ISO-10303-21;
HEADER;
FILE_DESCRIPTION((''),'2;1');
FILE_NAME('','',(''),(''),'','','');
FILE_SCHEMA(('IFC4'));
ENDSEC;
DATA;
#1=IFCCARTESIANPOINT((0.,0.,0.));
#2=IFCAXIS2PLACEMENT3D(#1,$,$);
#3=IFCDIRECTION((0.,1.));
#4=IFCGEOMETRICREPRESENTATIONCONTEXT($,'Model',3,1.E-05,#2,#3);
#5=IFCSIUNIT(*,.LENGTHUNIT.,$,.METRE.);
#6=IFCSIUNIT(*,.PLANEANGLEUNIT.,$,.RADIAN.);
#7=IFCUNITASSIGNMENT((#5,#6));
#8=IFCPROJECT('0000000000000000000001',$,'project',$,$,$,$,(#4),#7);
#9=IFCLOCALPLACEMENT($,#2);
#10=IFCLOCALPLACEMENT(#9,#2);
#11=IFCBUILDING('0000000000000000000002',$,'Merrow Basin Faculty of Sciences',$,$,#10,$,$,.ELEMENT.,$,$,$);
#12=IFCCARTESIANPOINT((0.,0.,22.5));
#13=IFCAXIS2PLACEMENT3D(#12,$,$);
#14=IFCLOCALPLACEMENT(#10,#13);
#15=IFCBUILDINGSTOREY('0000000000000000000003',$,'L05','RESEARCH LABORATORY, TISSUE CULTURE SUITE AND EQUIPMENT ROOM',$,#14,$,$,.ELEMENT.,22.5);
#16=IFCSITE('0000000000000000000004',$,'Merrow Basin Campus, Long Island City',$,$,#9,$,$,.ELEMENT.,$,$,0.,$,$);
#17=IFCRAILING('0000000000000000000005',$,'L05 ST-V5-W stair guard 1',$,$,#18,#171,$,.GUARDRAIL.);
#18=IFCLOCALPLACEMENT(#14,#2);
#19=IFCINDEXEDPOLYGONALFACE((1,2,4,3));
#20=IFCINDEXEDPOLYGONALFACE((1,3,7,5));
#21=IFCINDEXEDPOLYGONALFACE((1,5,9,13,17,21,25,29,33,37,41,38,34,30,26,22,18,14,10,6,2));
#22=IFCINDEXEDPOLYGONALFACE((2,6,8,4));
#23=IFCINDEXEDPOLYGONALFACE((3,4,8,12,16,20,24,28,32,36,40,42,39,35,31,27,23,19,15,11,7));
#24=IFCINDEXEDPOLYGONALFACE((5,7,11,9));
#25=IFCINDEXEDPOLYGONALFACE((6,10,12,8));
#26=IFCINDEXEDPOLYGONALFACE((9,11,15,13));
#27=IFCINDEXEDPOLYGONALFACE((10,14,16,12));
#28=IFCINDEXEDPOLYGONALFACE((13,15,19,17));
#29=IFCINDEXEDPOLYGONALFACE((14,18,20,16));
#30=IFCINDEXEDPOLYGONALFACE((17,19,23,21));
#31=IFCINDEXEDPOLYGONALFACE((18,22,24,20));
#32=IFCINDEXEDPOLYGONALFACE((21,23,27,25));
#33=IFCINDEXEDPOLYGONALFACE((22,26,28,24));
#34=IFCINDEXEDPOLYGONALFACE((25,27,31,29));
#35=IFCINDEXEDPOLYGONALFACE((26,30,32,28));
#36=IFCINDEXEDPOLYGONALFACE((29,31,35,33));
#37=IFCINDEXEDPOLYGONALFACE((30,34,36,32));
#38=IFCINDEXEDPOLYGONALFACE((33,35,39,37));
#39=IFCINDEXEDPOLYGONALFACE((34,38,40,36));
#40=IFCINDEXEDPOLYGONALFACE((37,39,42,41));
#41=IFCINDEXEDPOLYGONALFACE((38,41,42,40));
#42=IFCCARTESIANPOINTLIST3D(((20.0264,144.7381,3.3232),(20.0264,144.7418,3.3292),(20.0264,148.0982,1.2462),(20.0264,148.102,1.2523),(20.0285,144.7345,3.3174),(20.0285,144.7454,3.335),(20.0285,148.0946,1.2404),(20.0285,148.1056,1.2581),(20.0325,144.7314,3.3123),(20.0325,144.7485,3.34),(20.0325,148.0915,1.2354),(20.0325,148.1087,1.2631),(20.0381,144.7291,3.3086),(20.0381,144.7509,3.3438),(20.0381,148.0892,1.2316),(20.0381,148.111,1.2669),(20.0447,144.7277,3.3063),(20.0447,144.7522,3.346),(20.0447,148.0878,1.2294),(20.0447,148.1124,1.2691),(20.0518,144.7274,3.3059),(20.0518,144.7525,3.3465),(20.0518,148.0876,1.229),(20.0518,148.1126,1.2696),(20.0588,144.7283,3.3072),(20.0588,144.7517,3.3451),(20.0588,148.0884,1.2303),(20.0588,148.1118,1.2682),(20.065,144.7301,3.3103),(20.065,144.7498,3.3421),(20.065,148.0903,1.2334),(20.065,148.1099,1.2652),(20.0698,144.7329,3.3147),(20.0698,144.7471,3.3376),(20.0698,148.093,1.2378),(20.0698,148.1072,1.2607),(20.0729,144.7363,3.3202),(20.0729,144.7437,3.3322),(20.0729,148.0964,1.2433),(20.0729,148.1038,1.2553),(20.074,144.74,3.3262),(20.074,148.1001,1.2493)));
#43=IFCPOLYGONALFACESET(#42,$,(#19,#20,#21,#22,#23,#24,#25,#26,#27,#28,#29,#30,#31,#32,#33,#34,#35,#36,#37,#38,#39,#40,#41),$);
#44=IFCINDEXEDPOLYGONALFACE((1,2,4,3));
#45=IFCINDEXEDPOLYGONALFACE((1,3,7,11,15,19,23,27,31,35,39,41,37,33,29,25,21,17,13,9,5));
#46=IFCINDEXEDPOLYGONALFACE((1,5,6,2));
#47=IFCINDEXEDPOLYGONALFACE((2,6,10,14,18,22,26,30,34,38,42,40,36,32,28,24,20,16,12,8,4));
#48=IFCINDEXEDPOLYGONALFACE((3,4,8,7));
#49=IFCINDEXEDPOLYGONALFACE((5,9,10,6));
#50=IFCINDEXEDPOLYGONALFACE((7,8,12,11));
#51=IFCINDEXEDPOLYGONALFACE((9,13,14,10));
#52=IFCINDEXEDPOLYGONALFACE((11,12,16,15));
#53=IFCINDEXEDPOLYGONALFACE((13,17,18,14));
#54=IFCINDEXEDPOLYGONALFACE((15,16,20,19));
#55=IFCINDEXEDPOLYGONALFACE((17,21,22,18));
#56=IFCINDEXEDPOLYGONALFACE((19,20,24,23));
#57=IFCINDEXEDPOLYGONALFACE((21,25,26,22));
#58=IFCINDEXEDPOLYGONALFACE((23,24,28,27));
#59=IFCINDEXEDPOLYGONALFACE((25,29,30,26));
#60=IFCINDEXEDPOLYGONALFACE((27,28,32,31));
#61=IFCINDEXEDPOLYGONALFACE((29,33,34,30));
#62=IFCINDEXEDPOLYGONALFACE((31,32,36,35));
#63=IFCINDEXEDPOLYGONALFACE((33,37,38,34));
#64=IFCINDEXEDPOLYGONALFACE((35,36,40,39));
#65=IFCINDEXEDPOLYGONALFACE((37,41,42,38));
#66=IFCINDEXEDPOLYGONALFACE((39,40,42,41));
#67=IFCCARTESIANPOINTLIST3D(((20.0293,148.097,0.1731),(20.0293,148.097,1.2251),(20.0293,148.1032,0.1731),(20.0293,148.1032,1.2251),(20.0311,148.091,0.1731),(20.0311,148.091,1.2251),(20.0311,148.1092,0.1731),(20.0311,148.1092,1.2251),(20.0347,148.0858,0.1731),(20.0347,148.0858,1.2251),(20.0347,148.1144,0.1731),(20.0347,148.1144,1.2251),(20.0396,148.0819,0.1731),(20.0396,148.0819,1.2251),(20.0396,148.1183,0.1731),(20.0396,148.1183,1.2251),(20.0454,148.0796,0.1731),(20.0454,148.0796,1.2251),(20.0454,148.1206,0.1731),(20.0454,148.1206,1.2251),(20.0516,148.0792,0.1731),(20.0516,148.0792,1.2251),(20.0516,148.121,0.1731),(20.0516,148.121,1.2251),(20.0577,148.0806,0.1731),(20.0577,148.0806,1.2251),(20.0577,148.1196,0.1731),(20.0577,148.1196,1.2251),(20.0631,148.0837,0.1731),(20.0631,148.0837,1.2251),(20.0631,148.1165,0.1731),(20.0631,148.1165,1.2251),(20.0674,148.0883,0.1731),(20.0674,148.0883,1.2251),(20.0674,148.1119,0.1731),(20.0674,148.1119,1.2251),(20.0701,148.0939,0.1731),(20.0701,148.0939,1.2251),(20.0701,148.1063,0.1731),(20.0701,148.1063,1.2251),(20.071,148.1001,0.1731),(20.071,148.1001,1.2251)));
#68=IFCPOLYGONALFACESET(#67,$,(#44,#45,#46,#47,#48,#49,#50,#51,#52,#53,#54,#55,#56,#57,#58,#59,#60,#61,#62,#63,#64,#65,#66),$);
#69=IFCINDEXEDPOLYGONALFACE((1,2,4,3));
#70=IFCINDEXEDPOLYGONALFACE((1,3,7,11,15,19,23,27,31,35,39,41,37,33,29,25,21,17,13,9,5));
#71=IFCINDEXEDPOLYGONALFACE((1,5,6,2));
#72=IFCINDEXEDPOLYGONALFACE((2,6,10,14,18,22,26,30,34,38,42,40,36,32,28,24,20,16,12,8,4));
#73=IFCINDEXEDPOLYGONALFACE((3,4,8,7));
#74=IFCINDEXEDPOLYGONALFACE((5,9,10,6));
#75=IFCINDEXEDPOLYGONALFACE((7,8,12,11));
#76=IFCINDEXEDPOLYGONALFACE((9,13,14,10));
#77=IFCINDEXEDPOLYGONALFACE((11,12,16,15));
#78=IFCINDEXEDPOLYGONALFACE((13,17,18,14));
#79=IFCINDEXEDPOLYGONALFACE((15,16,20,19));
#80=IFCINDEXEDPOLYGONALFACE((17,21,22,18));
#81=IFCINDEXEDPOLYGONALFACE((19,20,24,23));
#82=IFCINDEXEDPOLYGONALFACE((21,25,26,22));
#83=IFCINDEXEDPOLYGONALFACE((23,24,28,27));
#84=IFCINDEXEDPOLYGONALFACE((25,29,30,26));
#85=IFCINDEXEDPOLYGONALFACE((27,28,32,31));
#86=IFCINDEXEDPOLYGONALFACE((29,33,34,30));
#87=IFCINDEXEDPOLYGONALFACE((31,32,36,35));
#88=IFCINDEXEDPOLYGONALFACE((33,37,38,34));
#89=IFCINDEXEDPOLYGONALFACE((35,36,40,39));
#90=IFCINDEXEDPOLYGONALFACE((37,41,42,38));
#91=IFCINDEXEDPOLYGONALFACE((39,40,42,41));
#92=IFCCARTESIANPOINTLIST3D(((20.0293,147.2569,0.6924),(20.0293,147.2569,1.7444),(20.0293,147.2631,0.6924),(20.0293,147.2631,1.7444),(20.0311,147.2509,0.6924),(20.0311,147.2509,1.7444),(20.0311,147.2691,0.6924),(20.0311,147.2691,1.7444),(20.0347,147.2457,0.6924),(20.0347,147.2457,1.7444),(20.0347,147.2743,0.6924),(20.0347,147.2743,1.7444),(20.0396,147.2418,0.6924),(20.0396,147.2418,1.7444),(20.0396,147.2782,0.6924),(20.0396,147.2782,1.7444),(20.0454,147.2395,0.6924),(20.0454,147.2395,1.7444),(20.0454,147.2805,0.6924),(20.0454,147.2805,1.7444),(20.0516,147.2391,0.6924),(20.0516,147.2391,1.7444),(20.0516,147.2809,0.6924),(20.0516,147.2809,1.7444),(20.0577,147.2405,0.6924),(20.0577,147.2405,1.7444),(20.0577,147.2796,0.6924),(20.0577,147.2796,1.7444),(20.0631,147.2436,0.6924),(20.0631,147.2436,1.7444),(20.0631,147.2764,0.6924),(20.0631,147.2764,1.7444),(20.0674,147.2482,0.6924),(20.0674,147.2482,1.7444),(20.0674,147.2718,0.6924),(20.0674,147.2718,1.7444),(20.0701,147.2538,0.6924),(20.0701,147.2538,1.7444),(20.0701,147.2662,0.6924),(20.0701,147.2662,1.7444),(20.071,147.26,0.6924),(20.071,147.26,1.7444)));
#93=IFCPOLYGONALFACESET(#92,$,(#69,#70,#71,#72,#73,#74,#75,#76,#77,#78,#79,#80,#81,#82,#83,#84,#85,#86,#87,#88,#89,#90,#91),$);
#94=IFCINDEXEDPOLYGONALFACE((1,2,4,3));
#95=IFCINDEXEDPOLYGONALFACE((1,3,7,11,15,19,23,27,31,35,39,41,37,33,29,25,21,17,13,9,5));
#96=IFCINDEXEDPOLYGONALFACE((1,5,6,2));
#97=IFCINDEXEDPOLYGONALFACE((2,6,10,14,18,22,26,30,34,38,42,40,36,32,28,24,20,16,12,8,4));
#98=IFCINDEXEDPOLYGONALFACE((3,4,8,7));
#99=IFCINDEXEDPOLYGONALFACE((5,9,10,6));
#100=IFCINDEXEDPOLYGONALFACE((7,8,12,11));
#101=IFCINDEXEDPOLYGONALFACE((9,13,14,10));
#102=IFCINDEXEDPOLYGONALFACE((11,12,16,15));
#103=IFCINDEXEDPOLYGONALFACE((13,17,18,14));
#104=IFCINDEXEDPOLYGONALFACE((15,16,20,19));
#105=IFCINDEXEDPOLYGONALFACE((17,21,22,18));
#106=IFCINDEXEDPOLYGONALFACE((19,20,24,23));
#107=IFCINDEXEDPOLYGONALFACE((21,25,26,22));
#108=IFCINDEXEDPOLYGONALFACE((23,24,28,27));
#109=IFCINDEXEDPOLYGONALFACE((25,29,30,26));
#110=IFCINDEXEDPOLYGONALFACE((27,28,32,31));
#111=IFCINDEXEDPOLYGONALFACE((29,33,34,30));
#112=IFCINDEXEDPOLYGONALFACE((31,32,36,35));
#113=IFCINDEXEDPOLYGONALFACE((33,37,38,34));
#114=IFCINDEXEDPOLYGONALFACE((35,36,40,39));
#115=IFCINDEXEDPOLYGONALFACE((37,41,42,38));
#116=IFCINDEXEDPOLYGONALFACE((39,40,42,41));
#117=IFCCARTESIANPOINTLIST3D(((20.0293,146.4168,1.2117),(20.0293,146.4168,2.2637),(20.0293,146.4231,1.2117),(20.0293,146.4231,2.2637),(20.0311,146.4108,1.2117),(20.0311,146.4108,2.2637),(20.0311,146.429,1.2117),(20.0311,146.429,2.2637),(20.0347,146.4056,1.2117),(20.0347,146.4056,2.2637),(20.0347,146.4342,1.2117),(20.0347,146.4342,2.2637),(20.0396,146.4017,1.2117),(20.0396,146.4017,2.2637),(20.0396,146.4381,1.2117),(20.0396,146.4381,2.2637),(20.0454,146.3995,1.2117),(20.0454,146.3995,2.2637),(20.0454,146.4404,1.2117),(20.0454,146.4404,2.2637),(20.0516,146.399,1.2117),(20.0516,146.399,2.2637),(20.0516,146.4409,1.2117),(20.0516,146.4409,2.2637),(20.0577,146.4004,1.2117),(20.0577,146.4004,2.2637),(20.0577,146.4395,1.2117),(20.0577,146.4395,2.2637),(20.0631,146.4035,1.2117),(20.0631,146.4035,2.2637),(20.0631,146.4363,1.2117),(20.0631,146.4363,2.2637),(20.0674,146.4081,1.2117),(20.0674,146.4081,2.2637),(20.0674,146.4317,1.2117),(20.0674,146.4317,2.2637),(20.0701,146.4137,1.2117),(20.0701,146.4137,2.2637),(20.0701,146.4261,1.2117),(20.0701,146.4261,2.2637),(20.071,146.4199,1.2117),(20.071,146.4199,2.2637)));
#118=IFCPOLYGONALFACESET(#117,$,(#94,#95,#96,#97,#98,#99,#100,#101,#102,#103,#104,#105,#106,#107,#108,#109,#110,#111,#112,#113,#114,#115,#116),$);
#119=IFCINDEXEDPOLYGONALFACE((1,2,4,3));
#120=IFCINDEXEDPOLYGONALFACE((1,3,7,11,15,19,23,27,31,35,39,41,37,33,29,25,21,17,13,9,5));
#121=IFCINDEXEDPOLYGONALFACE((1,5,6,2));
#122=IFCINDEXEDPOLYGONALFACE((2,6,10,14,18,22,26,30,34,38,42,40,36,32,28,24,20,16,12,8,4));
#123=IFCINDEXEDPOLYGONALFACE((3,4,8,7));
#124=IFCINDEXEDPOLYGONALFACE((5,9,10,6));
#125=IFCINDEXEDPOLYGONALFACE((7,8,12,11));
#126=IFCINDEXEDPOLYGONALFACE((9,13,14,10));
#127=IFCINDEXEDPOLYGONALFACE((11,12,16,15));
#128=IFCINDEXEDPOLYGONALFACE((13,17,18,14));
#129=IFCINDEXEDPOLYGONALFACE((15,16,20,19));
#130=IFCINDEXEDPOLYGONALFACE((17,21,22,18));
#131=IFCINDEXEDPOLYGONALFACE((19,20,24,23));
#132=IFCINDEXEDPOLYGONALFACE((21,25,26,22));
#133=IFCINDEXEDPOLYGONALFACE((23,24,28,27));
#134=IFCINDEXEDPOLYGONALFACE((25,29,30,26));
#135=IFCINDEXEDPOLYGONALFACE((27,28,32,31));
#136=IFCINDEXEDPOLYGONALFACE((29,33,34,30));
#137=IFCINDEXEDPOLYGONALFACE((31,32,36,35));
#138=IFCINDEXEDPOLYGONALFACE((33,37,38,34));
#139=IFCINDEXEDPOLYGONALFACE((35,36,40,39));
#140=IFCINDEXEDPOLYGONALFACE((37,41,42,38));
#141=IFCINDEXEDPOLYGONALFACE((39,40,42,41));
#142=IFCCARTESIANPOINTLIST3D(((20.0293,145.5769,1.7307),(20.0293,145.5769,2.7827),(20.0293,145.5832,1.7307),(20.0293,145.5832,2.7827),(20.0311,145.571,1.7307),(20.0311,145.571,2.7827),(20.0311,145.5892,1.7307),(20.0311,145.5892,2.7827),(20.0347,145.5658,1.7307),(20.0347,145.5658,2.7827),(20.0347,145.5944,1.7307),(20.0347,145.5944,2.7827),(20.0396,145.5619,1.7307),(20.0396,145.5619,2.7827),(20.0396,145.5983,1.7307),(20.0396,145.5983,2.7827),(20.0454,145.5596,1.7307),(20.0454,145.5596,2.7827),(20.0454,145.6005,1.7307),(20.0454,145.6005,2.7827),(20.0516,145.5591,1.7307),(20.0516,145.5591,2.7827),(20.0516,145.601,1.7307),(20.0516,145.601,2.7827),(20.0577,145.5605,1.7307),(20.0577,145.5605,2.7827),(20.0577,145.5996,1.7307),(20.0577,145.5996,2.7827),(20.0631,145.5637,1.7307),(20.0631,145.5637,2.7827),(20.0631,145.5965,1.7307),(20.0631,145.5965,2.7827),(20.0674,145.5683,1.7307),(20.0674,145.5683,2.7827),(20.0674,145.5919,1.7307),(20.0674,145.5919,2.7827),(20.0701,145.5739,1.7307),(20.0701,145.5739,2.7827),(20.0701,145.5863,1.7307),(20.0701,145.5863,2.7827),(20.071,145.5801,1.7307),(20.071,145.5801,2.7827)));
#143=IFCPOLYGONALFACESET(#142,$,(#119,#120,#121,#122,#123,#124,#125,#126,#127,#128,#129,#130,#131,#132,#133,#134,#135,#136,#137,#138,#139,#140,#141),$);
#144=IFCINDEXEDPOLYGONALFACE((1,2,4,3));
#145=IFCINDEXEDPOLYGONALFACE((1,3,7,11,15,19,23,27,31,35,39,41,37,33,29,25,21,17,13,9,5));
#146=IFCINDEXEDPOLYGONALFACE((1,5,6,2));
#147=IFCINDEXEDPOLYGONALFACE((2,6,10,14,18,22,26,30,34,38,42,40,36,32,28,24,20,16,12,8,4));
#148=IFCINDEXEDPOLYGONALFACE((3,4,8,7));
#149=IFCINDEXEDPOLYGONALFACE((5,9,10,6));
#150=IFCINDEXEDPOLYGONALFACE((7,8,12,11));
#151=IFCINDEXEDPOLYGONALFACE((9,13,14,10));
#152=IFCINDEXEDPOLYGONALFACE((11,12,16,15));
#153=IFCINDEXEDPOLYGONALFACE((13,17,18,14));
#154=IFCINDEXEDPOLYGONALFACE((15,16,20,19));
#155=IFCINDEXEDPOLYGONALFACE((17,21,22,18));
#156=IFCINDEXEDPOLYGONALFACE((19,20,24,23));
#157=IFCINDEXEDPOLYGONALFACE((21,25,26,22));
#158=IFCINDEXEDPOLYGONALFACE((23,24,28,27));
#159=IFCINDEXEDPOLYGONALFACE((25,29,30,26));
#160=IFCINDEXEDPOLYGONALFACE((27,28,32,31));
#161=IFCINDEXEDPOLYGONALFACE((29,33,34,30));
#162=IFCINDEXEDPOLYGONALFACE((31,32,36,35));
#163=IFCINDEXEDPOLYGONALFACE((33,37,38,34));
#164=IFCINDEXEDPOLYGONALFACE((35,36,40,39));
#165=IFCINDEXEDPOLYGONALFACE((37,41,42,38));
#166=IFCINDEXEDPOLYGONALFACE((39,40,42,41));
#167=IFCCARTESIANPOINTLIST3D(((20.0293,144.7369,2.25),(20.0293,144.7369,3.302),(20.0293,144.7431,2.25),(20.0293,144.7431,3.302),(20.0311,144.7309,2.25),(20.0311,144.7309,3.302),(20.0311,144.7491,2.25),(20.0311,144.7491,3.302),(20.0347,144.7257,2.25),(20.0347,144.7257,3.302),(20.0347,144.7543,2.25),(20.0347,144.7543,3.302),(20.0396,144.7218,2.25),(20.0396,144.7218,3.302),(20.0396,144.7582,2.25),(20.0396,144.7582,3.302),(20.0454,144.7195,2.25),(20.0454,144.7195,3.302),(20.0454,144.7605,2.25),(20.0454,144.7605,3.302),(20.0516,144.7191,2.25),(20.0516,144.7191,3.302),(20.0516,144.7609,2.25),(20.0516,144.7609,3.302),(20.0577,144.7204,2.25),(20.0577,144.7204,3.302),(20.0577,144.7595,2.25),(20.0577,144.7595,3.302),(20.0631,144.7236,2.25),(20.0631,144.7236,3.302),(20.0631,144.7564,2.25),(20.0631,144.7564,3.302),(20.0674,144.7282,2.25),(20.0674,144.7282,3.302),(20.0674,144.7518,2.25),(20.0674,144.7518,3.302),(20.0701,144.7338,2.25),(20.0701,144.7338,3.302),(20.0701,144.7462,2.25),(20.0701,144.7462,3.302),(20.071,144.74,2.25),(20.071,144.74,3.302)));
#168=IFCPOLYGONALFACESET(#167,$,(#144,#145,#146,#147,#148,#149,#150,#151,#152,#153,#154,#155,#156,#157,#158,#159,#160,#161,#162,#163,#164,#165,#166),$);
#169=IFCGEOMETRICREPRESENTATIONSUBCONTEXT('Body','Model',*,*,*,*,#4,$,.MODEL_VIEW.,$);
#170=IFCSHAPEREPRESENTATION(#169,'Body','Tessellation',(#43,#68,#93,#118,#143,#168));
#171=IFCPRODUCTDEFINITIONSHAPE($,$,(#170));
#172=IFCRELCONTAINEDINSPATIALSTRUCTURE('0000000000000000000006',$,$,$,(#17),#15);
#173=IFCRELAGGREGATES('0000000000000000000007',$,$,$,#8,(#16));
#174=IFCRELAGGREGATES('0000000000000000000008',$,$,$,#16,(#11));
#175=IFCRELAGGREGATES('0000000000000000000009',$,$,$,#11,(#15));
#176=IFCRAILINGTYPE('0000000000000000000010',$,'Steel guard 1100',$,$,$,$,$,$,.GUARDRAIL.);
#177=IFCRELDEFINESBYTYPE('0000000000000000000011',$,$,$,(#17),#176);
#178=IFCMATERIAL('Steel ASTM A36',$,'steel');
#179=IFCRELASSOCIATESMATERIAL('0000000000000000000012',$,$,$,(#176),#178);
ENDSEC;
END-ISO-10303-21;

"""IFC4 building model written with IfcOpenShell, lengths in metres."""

from ifc_helpers import new_model, si_unit, direction, frame, origin, origin_2d, place, context, subcontext, project, spatial, circle, extrude, material, type_object, element, save


model = new_model("IFC4")

# Units and contexts
model_context = context("Model", 3, precision=1e-05, world=origin(), true_north=direction((0.0, 1.0)))
body_context = subcontext(model_context, "Body", "Model", "MODEL_VIEW")
ifc_project = project(units=[si_unit("LENGTHUNIT", "METRE"), si_unit("PLANEANGLEUNIT", "RADIAN")], contexts=[model_context])

# Site, building, storey
site_placement = place(None, origin())
site = spatial("IfcSite", under=ifc_project, at=site_placement, Name="Merrow Basin Campus, Long Island City", CompositionType="ELEMENT", RefElevation=0.0)
building_placement = place(site_placement, origin())
building = spatial("IfcBuilding", under=site, at=building_placement, Name="Merrow Basin Faculty of Sciences", CompositionType="ELEMENT")
storey_placement = place(building_placement, frame((0.0, 0.0, 22.5)))
storey = spatial("IfcBuildingStorey", under=building, at=storey_placement, Name="L05", Description="RESEARCH LABORATORY, TISSUE CULTURE SUITE AND EQUIPMENT ROOM", CompositionType="ELEMENT", Elevation=22.5)

# Railing
ifc_material_1 = material(Name="Steel ASTM A36", Category="steel")
railing_type_1 = type_object("IfcRailingType", Name="Steel guard 1100", PredefinedType="GUARDRAIL", material=ifc_material_1)
railing_1_placement = place(storey_placement, frame((20.05, 148.1001, 0.1731)))
element("IfcRailing", 1, at=railing_1_placement, inside=storey, type_object=railing_type_1, Name="L05 ST-V5-W stair guard 1", PredefinedType="GUARDRAIL", context=body_context, shape_type="SweptSolid", body=[
    extrude(circle(Radius=0.0239, at=origin_2d()), frame((0.0, 0.0, 1.0762), z_axis=(0.0, -0.850623, 0.525776), x_axis=(1.0, 0.0, 0.0)), (0.0, 0.0, 1.0), 3.9502),
    extrude(circle(Radius=0.021, at=origin_2d()), origin(), (0.0, 0.0, 1.0), 1.052),
    extrude(circle(Radius=0.021, at=origin_2d()), frame((0.0, -0.8401, 0.5193)), (0.0, 0.0, 1.0), 1.052),
    extrude(circle(Radius=0.021, at=origin_2d()), frame((0.0, -1.6802, 1.0386)), (0.0, 0.0, 1.0), 1.052),
    extrude(circle(Radius=0.021, at=origin_2d()), frame((0.0, -2.52, 1.5576)), (0.0, 0.0, 1.0), 1.052),
    extrude(circle(Radius=0.021, at=origin_2d()), frame((0.0, -3.3601, 2.0769)), (0.0, 0.0, 1.0), 1.052),
])

save(model, "model.ifc")
